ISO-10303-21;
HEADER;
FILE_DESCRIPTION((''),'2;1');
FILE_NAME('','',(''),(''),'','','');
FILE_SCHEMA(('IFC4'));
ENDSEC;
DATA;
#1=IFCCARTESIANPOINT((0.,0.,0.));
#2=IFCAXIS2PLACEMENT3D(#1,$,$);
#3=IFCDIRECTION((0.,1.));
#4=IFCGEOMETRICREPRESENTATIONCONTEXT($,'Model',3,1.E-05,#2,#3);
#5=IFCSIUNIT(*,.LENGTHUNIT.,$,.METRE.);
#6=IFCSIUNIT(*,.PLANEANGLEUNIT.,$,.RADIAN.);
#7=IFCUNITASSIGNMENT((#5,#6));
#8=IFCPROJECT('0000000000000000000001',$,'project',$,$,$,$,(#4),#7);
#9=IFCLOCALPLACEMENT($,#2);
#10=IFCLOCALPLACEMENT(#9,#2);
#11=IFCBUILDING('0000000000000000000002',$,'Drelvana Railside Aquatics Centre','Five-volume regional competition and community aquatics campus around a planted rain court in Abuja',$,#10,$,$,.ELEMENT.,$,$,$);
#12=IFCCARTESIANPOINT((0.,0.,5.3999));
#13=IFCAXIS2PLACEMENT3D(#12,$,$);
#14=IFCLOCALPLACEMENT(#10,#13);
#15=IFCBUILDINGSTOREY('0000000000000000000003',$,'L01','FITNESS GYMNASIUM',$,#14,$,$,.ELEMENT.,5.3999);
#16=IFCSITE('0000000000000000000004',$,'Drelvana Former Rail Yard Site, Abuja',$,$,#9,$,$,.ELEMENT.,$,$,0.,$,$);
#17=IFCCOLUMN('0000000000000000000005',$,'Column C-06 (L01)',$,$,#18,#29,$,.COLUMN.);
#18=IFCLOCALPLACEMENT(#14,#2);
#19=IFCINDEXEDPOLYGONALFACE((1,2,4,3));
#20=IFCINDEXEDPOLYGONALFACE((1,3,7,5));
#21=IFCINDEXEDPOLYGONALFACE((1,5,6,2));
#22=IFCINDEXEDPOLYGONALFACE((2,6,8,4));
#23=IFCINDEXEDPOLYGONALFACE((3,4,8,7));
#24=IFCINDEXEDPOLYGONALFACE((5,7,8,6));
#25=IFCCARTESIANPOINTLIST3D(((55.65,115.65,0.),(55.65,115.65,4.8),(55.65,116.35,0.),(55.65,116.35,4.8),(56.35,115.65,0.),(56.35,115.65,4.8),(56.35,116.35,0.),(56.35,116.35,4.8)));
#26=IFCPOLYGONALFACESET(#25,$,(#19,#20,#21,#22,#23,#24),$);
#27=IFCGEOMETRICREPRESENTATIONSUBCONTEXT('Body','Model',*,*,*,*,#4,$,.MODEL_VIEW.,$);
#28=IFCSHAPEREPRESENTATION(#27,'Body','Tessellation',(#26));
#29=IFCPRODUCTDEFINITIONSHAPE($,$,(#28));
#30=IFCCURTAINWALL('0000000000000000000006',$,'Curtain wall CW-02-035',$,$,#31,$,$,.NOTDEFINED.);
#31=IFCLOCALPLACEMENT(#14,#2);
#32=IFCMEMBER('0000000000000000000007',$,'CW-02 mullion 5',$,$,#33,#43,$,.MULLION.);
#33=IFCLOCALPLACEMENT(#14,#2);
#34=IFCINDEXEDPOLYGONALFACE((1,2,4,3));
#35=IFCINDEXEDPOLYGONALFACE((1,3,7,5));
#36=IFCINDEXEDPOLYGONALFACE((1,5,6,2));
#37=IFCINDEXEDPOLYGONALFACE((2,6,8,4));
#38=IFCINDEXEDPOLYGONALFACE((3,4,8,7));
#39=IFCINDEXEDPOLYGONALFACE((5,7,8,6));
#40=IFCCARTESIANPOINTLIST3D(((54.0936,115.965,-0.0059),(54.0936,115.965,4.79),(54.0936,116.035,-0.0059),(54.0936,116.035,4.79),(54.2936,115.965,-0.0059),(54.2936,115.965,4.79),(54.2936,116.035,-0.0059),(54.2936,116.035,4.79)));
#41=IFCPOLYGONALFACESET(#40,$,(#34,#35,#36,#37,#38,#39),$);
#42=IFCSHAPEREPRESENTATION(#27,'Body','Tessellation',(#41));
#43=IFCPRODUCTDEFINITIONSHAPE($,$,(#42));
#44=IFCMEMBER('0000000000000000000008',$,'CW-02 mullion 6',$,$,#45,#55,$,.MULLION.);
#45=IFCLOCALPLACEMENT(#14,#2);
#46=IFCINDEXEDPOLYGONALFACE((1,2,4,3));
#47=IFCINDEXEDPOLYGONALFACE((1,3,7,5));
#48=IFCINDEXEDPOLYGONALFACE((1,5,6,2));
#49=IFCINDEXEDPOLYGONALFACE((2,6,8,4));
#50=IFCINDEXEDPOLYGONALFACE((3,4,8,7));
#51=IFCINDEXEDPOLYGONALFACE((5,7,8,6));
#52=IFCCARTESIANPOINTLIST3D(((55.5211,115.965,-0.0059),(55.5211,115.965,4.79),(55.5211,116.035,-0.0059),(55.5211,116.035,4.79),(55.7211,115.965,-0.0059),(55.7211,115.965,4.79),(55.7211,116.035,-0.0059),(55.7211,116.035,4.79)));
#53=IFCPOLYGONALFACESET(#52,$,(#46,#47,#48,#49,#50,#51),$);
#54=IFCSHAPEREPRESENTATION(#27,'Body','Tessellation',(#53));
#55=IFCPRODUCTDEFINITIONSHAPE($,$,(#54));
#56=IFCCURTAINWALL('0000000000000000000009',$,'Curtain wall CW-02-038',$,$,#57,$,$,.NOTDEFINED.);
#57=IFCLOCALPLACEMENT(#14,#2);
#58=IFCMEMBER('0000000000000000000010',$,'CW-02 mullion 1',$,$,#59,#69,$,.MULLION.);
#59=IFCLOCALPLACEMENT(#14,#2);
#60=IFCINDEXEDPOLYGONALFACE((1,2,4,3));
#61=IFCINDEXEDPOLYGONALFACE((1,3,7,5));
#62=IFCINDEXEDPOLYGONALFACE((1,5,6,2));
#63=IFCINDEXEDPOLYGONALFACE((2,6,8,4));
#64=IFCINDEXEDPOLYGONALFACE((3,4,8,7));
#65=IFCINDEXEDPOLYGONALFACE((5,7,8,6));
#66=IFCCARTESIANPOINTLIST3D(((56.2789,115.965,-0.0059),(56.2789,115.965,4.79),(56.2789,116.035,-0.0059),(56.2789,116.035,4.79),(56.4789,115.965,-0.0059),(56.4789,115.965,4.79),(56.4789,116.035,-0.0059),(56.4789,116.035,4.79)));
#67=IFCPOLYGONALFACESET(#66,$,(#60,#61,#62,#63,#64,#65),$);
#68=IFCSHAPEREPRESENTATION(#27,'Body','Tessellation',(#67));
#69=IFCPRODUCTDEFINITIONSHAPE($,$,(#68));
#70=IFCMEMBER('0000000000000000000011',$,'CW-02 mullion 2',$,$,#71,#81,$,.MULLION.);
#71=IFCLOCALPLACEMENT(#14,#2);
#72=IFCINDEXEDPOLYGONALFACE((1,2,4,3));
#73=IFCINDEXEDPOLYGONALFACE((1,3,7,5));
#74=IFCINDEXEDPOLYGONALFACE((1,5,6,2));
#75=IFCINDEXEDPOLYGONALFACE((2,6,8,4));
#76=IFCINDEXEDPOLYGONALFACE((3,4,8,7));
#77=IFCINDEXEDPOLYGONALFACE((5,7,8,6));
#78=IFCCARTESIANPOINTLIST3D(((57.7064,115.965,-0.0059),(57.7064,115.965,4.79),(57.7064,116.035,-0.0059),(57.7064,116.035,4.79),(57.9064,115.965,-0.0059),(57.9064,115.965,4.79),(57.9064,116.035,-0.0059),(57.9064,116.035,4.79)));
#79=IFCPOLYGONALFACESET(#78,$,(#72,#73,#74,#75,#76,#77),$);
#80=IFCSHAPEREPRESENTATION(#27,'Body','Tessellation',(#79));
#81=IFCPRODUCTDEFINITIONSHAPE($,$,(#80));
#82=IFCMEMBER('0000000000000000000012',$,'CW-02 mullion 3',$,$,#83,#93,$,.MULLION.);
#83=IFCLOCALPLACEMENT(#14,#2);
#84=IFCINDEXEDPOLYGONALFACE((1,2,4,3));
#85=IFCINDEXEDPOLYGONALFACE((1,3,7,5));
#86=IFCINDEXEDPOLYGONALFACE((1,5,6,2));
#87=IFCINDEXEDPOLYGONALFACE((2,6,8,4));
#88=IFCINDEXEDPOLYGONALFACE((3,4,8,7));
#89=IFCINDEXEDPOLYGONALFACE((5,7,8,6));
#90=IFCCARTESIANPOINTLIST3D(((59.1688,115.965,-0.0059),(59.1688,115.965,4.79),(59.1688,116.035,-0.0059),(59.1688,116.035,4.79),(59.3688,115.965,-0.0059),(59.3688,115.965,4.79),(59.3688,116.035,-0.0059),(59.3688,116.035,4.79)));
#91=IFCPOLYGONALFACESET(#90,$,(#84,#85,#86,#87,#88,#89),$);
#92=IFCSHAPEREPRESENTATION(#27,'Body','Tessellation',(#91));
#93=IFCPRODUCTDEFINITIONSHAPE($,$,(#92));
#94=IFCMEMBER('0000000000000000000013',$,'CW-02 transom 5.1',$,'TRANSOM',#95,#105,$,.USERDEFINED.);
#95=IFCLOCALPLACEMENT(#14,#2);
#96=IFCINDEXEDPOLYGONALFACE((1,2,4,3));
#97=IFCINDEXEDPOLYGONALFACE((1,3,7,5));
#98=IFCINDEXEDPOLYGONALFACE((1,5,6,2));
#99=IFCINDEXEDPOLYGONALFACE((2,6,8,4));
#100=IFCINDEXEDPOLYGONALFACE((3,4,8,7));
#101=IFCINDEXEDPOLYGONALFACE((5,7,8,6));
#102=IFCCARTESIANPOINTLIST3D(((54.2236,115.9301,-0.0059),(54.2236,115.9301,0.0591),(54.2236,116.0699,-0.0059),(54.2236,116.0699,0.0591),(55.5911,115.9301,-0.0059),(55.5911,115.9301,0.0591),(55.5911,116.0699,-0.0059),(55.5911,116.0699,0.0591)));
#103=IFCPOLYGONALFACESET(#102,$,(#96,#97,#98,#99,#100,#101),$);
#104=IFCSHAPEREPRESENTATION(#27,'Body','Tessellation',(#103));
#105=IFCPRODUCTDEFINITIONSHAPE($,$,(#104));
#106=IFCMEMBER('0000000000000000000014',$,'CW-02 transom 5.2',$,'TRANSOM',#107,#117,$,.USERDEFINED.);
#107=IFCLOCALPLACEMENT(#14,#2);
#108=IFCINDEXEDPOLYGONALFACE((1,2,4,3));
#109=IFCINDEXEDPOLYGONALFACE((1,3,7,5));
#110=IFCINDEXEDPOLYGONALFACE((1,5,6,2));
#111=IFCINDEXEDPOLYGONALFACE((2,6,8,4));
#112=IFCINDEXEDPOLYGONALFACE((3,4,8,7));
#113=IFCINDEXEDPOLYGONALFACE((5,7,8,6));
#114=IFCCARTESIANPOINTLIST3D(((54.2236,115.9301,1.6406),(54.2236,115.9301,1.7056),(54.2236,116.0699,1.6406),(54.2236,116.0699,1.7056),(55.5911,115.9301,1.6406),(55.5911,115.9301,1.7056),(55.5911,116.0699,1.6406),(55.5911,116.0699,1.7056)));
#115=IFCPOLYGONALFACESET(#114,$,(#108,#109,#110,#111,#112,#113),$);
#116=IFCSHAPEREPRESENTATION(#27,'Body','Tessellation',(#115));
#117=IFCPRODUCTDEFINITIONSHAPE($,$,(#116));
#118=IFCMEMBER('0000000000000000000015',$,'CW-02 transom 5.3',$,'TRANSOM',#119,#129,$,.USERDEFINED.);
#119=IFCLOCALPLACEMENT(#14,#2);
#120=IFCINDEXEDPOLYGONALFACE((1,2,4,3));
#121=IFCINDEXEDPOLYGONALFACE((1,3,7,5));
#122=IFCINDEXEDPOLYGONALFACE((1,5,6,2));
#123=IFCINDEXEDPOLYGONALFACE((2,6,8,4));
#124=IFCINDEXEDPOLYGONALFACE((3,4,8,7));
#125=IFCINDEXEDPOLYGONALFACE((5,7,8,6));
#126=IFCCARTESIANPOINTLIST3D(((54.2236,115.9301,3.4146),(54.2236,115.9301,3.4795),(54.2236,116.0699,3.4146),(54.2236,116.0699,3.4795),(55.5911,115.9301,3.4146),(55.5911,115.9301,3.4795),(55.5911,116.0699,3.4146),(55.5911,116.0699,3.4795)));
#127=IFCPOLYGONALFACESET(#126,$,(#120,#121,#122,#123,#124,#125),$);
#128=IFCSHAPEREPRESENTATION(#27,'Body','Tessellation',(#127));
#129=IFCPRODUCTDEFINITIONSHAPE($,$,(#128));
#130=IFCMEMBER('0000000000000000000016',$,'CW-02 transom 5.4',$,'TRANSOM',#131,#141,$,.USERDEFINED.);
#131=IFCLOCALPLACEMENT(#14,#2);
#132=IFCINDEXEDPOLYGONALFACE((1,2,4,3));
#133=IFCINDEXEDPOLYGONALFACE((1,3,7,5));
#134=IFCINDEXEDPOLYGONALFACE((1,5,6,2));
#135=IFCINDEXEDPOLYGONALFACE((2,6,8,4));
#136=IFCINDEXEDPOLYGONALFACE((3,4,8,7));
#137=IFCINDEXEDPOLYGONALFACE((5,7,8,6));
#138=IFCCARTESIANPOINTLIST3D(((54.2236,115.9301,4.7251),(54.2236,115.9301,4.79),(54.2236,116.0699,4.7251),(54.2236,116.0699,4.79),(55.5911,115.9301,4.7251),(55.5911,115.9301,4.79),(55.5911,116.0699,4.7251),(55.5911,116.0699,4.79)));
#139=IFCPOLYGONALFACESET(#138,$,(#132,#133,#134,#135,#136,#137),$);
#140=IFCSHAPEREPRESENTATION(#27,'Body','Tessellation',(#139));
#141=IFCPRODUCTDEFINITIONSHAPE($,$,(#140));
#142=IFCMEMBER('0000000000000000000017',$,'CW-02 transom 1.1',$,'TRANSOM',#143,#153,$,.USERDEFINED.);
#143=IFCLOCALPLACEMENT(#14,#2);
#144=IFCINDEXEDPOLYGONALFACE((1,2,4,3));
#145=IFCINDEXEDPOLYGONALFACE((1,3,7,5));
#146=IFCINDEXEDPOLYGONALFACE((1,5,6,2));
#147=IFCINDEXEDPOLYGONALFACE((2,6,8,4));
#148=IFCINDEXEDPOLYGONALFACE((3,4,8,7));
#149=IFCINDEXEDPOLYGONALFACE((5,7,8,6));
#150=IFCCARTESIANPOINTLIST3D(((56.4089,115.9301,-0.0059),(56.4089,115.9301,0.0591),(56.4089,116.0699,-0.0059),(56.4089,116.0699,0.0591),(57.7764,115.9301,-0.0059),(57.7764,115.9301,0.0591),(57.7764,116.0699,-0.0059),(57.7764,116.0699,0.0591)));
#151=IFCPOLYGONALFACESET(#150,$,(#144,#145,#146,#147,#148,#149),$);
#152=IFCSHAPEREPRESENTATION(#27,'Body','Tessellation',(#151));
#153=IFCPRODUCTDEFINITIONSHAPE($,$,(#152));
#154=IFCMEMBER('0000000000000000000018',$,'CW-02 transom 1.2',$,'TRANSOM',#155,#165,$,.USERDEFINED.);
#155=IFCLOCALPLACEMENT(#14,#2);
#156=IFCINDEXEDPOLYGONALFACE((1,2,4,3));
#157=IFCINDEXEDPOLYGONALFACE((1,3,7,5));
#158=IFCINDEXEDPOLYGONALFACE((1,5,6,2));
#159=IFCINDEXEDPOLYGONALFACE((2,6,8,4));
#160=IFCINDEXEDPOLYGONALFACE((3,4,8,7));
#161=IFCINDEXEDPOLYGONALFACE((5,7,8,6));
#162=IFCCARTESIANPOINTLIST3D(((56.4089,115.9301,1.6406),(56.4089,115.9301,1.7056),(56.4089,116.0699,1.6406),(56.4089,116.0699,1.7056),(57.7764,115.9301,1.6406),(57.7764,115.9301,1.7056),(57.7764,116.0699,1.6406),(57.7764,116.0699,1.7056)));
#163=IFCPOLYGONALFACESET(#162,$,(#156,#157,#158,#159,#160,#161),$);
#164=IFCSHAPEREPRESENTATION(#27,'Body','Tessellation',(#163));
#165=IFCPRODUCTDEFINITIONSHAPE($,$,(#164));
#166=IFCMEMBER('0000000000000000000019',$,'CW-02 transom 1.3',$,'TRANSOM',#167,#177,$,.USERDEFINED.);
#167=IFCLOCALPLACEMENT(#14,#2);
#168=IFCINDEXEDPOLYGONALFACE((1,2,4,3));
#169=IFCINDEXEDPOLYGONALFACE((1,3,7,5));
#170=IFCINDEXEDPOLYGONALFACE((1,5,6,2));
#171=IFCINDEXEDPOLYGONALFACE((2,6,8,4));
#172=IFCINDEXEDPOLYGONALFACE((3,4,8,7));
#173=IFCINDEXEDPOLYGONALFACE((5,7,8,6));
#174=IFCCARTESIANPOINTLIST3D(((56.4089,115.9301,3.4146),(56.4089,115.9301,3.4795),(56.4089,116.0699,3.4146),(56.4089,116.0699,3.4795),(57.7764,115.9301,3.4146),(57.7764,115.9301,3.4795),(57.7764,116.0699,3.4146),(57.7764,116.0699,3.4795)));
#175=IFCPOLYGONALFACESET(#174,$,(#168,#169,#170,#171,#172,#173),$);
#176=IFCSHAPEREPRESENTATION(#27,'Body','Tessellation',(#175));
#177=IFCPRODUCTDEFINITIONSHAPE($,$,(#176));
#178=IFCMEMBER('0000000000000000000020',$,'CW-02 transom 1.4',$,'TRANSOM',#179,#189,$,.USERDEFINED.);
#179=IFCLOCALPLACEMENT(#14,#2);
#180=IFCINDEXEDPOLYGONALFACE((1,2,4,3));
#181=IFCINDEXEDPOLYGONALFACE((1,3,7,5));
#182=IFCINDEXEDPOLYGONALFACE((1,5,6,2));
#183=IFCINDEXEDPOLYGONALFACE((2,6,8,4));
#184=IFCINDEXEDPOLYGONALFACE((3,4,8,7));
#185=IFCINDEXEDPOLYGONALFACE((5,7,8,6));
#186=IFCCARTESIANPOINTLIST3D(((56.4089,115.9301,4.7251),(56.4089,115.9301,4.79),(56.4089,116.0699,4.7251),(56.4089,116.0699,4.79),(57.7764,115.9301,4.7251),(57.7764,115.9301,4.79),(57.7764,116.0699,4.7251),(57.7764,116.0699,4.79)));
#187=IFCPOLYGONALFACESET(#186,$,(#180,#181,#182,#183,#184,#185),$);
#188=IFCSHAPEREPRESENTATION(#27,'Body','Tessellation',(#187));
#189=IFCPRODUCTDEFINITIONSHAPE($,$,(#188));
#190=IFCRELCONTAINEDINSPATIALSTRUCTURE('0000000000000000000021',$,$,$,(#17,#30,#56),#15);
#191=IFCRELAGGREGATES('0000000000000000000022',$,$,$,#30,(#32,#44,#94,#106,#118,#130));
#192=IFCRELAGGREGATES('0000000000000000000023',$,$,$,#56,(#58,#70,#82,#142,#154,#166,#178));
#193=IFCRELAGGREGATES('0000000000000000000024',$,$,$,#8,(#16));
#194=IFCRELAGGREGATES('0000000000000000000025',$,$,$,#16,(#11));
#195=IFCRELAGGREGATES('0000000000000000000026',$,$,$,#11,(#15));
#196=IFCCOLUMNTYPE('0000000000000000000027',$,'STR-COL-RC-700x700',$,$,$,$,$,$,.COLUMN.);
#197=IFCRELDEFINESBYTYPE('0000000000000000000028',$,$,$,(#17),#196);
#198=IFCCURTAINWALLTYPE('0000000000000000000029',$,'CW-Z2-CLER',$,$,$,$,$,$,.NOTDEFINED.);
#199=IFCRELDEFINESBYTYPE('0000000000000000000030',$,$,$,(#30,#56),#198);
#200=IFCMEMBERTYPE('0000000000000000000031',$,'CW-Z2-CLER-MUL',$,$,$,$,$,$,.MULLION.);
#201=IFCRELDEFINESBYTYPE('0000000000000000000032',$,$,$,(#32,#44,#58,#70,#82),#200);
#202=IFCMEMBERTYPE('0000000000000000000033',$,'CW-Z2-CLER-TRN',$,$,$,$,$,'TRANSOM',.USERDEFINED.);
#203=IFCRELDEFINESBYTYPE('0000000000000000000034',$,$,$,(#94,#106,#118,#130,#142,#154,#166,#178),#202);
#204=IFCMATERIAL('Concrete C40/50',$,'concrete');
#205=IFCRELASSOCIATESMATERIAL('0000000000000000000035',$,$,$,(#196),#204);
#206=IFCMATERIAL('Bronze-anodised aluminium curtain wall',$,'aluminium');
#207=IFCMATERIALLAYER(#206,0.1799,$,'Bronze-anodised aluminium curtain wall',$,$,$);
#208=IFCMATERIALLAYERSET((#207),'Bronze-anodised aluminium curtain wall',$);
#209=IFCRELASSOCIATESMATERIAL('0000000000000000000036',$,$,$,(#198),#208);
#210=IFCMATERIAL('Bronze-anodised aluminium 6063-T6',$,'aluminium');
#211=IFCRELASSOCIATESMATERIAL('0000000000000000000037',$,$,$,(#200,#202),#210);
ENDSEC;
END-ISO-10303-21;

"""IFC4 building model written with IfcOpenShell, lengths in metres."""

from ifc_helpers import new_model, si_unit, direction, frame, origin, origin_2d, place, context, subcontext, project, spatial, rectangle, extrude, material, layer, layer_set, material_profile, profile_set, type_object, element, aggregate, save


model = new_model("IFC4")

# Units and contexts
model_context = context("Model", 3, precision=1e-05, world=origin(), true_north=direction((0.0, 1.0)))
body_context = subcontext(model_context, "Body", "Model", "MODEL_VIEW")
ifc_project = project(units=[si_unit("LENGTHUNIT", "METRE"), si_unit("PLANEANGLEUNIT", "RADIAN")], contexts=[model_context])

# Site, building, storey
site_placement = place(None, origin())
site = spatial("IfcSite", under=ifc_project, at=site_placement, Name="Drelvana Former Rail Yard Site, Abuja", CompositionType="ELEMENT", RefElevation=0.0)
building_placement = place(site_placement, origin())
building = spatial("IfcBuilding", under=site, at=building_placement, Name="Drelvana Railside Aquatics Centre", Description="Five-volume regional competition and community aquatics campus around a planted rain court in Abuja", CompositionType="ELEMENT")
storey_placement = place(building_placement, frame((0.0, 0.0, 5.3999)))
storey = spatial("IfcBuildingStorey", under=building, at=storey_placement, Name="L01", Description="FITNESS GYMNASIUM", CompositionType="ELEMENT", Elevation=5.3999)

# Column
ifc_material_1 = material(Name="Concrete C40/50", Category="concrete")
ifc_material_profile_1 = material_profile(ifc_material_1, rectangle(XDim=0.7, YDim=0.7, at=origin_2d()), Name="RC 700x700")
ifc_profile_set_1 = profile_set([ifc_material_profile_1], Name="Concrete C40/50")
column_type = type_object("IfcColumnType", Name="STR-COL-RC-700x700", PredefinedType="COLUMN", material=ifc_profile_set_1)
column_placement = place(storey_placement, frame((56.0, 116.0, 0.0), z_axis=(0.0, 0.0, 1.0), x_axis=(1.0, 0.0, 0.0)))
element("IfcColumn", 1, at=column_placement, inside=storey, type_object=column_type, Name="Column C-06 (L01)", PredefinedType="COLUMN", context=body_context, shape_type="SweptSolid", body=[
    extrude(rectangle(XDim=0.7, YDim=0.7, at=origin_2d()), origin(), (0.0, 0.0, 1.0), 4.8),
])

# Curtain walls, members
ifc_material_2 = material(Name="Bronze-anodised aluminium curtain wall", Category="aluminium")
ifc_layer_1 = layer(ifc_material_2, 0.1799, Name="Bronze-anodised aluminium curtain wall")
ifc_layer_set_1 = layer_set([ifc_layer_1], Name="Bronze-anodised aluminium curtain wall")
curtain_wall_type = type_object("IfcCurtainWallType", Name="CW-Z2-CLER", PredefinedType="NOTDEFINED", material=ifc_layer_set_1)
curtain_wall_1_placement = place(storey_placement, origin())
curtain_wall_1 = element("IfcCurtainWall", 2, at=curtain_wall_1_placement, inside=storey, type_object=curtain_wall_type, Name="Curtain wall CW-02-035", PredefinedType="NOTDEFINED")
ifc_material_3 = material(Name="Bronze-anodised aluminium 6063-T6", Category="aluminium")
ifc_material_profile_2 = material_profile(ifc_material_3, rectangle(XDim=0.0701, YDim=0.2, at=origin_2d()), Name="ALU-M 70x200")
ifc_profile_set_2 = profile_set([ifc_material_profile_2], Name="Bronze-anodised aluminium 6063-T6")
member_type_1 = type_object("IfcMemberType", Name="CW-Z2-CLER-MUL", PredefinedType="MULLION", material=ifc_profile_set_2)
member_1_placement = place(storey_placement, frame((54.1936, 116.0, -0.0059), z_axis=(0.0, 0.0, 1.0), x_axis=(0.0, 1.0, 0.0)))
member_1 = element("IfcMember", 3, at=member_1_placement, type_object=member_type_1, Name="CW-02 mullion 5", PredefinedType="MULLION", context=body_context, shape_type="SweptSolid", body=[
    extrude(rectangle(XDim=0.0701, YDim=0.2, at=origin_2d()), origin(), (0.0, 0.0, 1.0), 4.7959),
])
member_2_placement = place(storey_placement, frame((55.6211, 116.0, -0.0059), z_axis=(0.0, 0.0, 1.0), x_axis=(0.0, 1.0, 0.0)))
member_2 = element("IfcMember", 4, at=member_2_placement, type_object=member_type_1, Name="CW-02 mullion 6", PredefinedType="MULLION", context=body_context, shape_type="SweptSolid", body=[
    extrude(rectangle(XDim=0.0701, YDim=0.2, at=origin_2d()), origin(), (0.0, 0.0, 1.0), 4.7959),
])
curtain_wall_2_placement = place(storey_placement, origin())
curtain_wall_2 = element("IfcCurtainWall", 5, at=curtain_wall_2_placement, inside=storey, type_object=curtain_wall_type, Name="Curtain wall CW-02-038", PredefinedType="NOTDEFINED")
member_3_placement = place(storey_placement, frame((56.3789, 116.0, -0.0059), z_axis=(0.0, 0.0, 1.0), x_axis=(0.0, 1.0, 0.0)))
member_3 = element("IfcMember", 6, at=member_3_placement, type_object=member_type_1, Name="CW-02 mullion 1", PredefinedType="MULLION", context=body_context, shape_type="SweptSolid", body=[
    extrude(rectangle(XDim=0.0701, YDim=0.2, at=origin_2d()), origin(), (0.0, 0.0, 1.0), 4.7959),
])
member_4_placement = place(storey_placement, frame((57.8064, 116.0, -0.0059), z_axis=(0.0, 0.0, 1.0), x_axis=(0.0, 1.0, 0.0)))
member_4 = element("IfcMember", 7, at=member_4_placement, type_object=member_type_1, Name="CW-02 mullion 2", PredefinedType="MULLION", context=body_context, shape_type="SweptSolid", body=[
    extrude(rectangle(XDim=0.0701, YDim=0.2, at=origin_2d()), origin(), (0.0, 0.0, 1.0), 4.7959),
])
member_5_placement = place(storey_placement, frame((59.2688, 116.0, -0.0059), z_axis=(0.0, 0.0, 1.0), x_axis=(0.0, 1.0, 0.0)))
member_5 = element("IfcMember", 8, at=member_5_placement, type_object=member_type_1, Name="CW-02 mullion 3", PredefinedType="MULLION", context=body_context, shape_type="SweptSolid", body=[
    extrude(rectangle(XDim=0.0701, YDim=0.2, at=origin_2d()), origin(), (0.0, 0.0, 1.0), 4.7959),
])

# Members
ifc_material_profile_3 = material_profile(ifc_material_3, rectangle(XDim=0.1399, YDim=0.0649, at=origin_2d()), Name="ALU-T 65x140")
ifc_profile_set_3 = profile_set([ifc_material_profile_3], Name="Bronze-anodised aluminium 6063-T6")
member_type_2 = type_object("IfcMemberType", Name="CW-Z2-CLER-TRN", ElementType="TRANSOM", PredefinedType="USERDEFINED", material=ifc_profile_set_3)
member_6_placement = place(storey_placement, frame((54.2236, 116.0, 0.0266), z_axis=(1.0, 0.0, 0.0), x_axis=(0.0, 1.0, 0.0)))
member_6 = element("IfcMember", 9, at=member_6_placement, type_object=member_type_2, Name="CW-02 transom 5.1", ObjectType="TRANSOM", PredefinedType="USERDEFINED", context=body_context, shape_type="SweptSolid", body=[
    extrude(rectangle(XDim=0.1399, YDim=0.0649, at=origin_2d()), origin(), (0.0, 0.0, 1.0), 1.3674),
])
member_7_placement = place(storey_placement, frame((54.2236, 116.0, 1.6731), z_axis=(1.0, 0.0, 0.0), x_axis=(0.0, 1.0, 0.0)))
member_7 = element("IfcMember", 10, at=member_7_placement, type_object=member_type_2, Name="CW-02 transom 5.2", ObjectType="TRANSOM", PredefinedType="USERDEFINED", context=body_context, shape_type="SweptSolid", body=[
    extrude(rectangle(XDim=0.1399, YDim=0.0649, at=origin_2d()), origin(), (0.0, 0.0, 1.0), 1.3674),
])
member_8_placement = place(storey_placement, frame((54.2236, 116.0, 3.447), z_axis=(1.0, 0.0, 0.0), x_axis=(0.0, 1.0, 0.0)))
member_8 = element("IfcMember", 11, at=member_8_placement, type_object=member_type_2, Name="CW-02 transom 5.3", ObjectType="TRANSOM", PredefinedType="USERDEFINED", context=body_context, shape_type="SweptSolid", body=[
    extrude(rectangle(XDim=0.1399, YDim=0.0649, at=origin_2d()), origin(), (0.0, 0.0, 1.0), 1.3674),
])
member_9_placement = place(storey_placement, frame((54.2236, 116.0, 4.7576), z_axis=(1.0, 0.0, 0.0), x_axis=(0.0, 1.0, 0.0)))
member_9 = element("IfcMember", 12, at=member_9_placement, type_object=member_type_2, Name="CW-02 transom 5.4", ObjectType="TRANSOM", PredefinedType="USERDEFINED", context=body_context, shape_type="SweptSolid", body=[
    extrude(rectangle(XDim=0.1399, YDim=0.0649, at=origin_2d()), origin(), (0.0, 0.0, 1.0), 1.3674),
])
member_10_placement = place(storey_placement, frame((56.4089, 116.0, 0.0266), z_axis=(1.0, 0.0, 0.0), x_axis=(0.0, 1.0, 0.0)))
member_10 = element("IfcMember", 13, at=member_10_placement, type_object=member_type_2, Name="CW-02 transom 1.1", ObjectType="TRANSOM", PredefinedType="USERDEFINED", context=body_context, shape_type="SweptSolid", body=[
    extrude(rectangle(XDim=0.1399, YDim=0.0649, at=origin_2d()), origin(), (0.0, 0.0, 1.0), 1.3674),
])
member_11_placement = place(storey_placement, frame((56.4089, 116.0, 1.6731), z_axis=(1.0, 0.0, 0.0), x_axis=(0.0, 1.0, 0.0)))
member_11 = element("IfcMember", 14, at=member_11_placement, type_object=member_type_2, Name="CW-02 transom 1.2", ObjectType="TRANSOM", PredefinedType="USERDEFINED", context=body_context, shape_type="SweptSolid", body=[
    extrude(rectangle(XDim=0.1399, YDim=0.0649, at=origin_2d()), origin(), (0.0, 0.0, 1.0), 1.3674),
])
member_12_placement = place(storey_placement, frame((56.4089, 116.0, 3.447), z_axis=(1.0, 0.0, 0.0), x_axis=(0.0, 1.0, 0.0)))
member_12 = element("IfcMember", 15, at=member_12_placement, type_object=member_type_2, Name="CW-02 transom 1.3", ObjectType="TRANSOM", PredefinedType="USERDEFINED", context=body_context, shape_type="SweptSolid", body=[
    extrude(rectangle(XDim=0.1399, YDim=0.0649, at=origin_2d()), origin(), (0.0, 0.0, 1.0), 1.3674),
])
member_13_placement = place(storey_placement, frame((56.4089, 116.0, 4.7576), z_axis=(1.0, 0.0, 0.0), x_axis=(0.0, 1.0, 0.0)))
member_13 = element("IfcMember", 16, at=member_13_placement, type_object=member_type_2, Name="CW-02 transom 1.4", ObjectType="TRANSOM", PredefinedType="USERDEFINED", context=body_context, shape_type="SweptSolid", body=[
    extrude(rectangle(XDim=0.1399, YDim=0.0649, at=origin_2d()), origin(), (0.0, 0.0, 1.0), 1.3674),
])

aggregate(curtain_wall_1, [member_1, member_2, member_6, member_7, member_8, member_9])
aggregate(curtain_wall_2, [member_3, member_4, member_5, member_10, member_11, member_12, member_13])

save(model, "model.ifc")
